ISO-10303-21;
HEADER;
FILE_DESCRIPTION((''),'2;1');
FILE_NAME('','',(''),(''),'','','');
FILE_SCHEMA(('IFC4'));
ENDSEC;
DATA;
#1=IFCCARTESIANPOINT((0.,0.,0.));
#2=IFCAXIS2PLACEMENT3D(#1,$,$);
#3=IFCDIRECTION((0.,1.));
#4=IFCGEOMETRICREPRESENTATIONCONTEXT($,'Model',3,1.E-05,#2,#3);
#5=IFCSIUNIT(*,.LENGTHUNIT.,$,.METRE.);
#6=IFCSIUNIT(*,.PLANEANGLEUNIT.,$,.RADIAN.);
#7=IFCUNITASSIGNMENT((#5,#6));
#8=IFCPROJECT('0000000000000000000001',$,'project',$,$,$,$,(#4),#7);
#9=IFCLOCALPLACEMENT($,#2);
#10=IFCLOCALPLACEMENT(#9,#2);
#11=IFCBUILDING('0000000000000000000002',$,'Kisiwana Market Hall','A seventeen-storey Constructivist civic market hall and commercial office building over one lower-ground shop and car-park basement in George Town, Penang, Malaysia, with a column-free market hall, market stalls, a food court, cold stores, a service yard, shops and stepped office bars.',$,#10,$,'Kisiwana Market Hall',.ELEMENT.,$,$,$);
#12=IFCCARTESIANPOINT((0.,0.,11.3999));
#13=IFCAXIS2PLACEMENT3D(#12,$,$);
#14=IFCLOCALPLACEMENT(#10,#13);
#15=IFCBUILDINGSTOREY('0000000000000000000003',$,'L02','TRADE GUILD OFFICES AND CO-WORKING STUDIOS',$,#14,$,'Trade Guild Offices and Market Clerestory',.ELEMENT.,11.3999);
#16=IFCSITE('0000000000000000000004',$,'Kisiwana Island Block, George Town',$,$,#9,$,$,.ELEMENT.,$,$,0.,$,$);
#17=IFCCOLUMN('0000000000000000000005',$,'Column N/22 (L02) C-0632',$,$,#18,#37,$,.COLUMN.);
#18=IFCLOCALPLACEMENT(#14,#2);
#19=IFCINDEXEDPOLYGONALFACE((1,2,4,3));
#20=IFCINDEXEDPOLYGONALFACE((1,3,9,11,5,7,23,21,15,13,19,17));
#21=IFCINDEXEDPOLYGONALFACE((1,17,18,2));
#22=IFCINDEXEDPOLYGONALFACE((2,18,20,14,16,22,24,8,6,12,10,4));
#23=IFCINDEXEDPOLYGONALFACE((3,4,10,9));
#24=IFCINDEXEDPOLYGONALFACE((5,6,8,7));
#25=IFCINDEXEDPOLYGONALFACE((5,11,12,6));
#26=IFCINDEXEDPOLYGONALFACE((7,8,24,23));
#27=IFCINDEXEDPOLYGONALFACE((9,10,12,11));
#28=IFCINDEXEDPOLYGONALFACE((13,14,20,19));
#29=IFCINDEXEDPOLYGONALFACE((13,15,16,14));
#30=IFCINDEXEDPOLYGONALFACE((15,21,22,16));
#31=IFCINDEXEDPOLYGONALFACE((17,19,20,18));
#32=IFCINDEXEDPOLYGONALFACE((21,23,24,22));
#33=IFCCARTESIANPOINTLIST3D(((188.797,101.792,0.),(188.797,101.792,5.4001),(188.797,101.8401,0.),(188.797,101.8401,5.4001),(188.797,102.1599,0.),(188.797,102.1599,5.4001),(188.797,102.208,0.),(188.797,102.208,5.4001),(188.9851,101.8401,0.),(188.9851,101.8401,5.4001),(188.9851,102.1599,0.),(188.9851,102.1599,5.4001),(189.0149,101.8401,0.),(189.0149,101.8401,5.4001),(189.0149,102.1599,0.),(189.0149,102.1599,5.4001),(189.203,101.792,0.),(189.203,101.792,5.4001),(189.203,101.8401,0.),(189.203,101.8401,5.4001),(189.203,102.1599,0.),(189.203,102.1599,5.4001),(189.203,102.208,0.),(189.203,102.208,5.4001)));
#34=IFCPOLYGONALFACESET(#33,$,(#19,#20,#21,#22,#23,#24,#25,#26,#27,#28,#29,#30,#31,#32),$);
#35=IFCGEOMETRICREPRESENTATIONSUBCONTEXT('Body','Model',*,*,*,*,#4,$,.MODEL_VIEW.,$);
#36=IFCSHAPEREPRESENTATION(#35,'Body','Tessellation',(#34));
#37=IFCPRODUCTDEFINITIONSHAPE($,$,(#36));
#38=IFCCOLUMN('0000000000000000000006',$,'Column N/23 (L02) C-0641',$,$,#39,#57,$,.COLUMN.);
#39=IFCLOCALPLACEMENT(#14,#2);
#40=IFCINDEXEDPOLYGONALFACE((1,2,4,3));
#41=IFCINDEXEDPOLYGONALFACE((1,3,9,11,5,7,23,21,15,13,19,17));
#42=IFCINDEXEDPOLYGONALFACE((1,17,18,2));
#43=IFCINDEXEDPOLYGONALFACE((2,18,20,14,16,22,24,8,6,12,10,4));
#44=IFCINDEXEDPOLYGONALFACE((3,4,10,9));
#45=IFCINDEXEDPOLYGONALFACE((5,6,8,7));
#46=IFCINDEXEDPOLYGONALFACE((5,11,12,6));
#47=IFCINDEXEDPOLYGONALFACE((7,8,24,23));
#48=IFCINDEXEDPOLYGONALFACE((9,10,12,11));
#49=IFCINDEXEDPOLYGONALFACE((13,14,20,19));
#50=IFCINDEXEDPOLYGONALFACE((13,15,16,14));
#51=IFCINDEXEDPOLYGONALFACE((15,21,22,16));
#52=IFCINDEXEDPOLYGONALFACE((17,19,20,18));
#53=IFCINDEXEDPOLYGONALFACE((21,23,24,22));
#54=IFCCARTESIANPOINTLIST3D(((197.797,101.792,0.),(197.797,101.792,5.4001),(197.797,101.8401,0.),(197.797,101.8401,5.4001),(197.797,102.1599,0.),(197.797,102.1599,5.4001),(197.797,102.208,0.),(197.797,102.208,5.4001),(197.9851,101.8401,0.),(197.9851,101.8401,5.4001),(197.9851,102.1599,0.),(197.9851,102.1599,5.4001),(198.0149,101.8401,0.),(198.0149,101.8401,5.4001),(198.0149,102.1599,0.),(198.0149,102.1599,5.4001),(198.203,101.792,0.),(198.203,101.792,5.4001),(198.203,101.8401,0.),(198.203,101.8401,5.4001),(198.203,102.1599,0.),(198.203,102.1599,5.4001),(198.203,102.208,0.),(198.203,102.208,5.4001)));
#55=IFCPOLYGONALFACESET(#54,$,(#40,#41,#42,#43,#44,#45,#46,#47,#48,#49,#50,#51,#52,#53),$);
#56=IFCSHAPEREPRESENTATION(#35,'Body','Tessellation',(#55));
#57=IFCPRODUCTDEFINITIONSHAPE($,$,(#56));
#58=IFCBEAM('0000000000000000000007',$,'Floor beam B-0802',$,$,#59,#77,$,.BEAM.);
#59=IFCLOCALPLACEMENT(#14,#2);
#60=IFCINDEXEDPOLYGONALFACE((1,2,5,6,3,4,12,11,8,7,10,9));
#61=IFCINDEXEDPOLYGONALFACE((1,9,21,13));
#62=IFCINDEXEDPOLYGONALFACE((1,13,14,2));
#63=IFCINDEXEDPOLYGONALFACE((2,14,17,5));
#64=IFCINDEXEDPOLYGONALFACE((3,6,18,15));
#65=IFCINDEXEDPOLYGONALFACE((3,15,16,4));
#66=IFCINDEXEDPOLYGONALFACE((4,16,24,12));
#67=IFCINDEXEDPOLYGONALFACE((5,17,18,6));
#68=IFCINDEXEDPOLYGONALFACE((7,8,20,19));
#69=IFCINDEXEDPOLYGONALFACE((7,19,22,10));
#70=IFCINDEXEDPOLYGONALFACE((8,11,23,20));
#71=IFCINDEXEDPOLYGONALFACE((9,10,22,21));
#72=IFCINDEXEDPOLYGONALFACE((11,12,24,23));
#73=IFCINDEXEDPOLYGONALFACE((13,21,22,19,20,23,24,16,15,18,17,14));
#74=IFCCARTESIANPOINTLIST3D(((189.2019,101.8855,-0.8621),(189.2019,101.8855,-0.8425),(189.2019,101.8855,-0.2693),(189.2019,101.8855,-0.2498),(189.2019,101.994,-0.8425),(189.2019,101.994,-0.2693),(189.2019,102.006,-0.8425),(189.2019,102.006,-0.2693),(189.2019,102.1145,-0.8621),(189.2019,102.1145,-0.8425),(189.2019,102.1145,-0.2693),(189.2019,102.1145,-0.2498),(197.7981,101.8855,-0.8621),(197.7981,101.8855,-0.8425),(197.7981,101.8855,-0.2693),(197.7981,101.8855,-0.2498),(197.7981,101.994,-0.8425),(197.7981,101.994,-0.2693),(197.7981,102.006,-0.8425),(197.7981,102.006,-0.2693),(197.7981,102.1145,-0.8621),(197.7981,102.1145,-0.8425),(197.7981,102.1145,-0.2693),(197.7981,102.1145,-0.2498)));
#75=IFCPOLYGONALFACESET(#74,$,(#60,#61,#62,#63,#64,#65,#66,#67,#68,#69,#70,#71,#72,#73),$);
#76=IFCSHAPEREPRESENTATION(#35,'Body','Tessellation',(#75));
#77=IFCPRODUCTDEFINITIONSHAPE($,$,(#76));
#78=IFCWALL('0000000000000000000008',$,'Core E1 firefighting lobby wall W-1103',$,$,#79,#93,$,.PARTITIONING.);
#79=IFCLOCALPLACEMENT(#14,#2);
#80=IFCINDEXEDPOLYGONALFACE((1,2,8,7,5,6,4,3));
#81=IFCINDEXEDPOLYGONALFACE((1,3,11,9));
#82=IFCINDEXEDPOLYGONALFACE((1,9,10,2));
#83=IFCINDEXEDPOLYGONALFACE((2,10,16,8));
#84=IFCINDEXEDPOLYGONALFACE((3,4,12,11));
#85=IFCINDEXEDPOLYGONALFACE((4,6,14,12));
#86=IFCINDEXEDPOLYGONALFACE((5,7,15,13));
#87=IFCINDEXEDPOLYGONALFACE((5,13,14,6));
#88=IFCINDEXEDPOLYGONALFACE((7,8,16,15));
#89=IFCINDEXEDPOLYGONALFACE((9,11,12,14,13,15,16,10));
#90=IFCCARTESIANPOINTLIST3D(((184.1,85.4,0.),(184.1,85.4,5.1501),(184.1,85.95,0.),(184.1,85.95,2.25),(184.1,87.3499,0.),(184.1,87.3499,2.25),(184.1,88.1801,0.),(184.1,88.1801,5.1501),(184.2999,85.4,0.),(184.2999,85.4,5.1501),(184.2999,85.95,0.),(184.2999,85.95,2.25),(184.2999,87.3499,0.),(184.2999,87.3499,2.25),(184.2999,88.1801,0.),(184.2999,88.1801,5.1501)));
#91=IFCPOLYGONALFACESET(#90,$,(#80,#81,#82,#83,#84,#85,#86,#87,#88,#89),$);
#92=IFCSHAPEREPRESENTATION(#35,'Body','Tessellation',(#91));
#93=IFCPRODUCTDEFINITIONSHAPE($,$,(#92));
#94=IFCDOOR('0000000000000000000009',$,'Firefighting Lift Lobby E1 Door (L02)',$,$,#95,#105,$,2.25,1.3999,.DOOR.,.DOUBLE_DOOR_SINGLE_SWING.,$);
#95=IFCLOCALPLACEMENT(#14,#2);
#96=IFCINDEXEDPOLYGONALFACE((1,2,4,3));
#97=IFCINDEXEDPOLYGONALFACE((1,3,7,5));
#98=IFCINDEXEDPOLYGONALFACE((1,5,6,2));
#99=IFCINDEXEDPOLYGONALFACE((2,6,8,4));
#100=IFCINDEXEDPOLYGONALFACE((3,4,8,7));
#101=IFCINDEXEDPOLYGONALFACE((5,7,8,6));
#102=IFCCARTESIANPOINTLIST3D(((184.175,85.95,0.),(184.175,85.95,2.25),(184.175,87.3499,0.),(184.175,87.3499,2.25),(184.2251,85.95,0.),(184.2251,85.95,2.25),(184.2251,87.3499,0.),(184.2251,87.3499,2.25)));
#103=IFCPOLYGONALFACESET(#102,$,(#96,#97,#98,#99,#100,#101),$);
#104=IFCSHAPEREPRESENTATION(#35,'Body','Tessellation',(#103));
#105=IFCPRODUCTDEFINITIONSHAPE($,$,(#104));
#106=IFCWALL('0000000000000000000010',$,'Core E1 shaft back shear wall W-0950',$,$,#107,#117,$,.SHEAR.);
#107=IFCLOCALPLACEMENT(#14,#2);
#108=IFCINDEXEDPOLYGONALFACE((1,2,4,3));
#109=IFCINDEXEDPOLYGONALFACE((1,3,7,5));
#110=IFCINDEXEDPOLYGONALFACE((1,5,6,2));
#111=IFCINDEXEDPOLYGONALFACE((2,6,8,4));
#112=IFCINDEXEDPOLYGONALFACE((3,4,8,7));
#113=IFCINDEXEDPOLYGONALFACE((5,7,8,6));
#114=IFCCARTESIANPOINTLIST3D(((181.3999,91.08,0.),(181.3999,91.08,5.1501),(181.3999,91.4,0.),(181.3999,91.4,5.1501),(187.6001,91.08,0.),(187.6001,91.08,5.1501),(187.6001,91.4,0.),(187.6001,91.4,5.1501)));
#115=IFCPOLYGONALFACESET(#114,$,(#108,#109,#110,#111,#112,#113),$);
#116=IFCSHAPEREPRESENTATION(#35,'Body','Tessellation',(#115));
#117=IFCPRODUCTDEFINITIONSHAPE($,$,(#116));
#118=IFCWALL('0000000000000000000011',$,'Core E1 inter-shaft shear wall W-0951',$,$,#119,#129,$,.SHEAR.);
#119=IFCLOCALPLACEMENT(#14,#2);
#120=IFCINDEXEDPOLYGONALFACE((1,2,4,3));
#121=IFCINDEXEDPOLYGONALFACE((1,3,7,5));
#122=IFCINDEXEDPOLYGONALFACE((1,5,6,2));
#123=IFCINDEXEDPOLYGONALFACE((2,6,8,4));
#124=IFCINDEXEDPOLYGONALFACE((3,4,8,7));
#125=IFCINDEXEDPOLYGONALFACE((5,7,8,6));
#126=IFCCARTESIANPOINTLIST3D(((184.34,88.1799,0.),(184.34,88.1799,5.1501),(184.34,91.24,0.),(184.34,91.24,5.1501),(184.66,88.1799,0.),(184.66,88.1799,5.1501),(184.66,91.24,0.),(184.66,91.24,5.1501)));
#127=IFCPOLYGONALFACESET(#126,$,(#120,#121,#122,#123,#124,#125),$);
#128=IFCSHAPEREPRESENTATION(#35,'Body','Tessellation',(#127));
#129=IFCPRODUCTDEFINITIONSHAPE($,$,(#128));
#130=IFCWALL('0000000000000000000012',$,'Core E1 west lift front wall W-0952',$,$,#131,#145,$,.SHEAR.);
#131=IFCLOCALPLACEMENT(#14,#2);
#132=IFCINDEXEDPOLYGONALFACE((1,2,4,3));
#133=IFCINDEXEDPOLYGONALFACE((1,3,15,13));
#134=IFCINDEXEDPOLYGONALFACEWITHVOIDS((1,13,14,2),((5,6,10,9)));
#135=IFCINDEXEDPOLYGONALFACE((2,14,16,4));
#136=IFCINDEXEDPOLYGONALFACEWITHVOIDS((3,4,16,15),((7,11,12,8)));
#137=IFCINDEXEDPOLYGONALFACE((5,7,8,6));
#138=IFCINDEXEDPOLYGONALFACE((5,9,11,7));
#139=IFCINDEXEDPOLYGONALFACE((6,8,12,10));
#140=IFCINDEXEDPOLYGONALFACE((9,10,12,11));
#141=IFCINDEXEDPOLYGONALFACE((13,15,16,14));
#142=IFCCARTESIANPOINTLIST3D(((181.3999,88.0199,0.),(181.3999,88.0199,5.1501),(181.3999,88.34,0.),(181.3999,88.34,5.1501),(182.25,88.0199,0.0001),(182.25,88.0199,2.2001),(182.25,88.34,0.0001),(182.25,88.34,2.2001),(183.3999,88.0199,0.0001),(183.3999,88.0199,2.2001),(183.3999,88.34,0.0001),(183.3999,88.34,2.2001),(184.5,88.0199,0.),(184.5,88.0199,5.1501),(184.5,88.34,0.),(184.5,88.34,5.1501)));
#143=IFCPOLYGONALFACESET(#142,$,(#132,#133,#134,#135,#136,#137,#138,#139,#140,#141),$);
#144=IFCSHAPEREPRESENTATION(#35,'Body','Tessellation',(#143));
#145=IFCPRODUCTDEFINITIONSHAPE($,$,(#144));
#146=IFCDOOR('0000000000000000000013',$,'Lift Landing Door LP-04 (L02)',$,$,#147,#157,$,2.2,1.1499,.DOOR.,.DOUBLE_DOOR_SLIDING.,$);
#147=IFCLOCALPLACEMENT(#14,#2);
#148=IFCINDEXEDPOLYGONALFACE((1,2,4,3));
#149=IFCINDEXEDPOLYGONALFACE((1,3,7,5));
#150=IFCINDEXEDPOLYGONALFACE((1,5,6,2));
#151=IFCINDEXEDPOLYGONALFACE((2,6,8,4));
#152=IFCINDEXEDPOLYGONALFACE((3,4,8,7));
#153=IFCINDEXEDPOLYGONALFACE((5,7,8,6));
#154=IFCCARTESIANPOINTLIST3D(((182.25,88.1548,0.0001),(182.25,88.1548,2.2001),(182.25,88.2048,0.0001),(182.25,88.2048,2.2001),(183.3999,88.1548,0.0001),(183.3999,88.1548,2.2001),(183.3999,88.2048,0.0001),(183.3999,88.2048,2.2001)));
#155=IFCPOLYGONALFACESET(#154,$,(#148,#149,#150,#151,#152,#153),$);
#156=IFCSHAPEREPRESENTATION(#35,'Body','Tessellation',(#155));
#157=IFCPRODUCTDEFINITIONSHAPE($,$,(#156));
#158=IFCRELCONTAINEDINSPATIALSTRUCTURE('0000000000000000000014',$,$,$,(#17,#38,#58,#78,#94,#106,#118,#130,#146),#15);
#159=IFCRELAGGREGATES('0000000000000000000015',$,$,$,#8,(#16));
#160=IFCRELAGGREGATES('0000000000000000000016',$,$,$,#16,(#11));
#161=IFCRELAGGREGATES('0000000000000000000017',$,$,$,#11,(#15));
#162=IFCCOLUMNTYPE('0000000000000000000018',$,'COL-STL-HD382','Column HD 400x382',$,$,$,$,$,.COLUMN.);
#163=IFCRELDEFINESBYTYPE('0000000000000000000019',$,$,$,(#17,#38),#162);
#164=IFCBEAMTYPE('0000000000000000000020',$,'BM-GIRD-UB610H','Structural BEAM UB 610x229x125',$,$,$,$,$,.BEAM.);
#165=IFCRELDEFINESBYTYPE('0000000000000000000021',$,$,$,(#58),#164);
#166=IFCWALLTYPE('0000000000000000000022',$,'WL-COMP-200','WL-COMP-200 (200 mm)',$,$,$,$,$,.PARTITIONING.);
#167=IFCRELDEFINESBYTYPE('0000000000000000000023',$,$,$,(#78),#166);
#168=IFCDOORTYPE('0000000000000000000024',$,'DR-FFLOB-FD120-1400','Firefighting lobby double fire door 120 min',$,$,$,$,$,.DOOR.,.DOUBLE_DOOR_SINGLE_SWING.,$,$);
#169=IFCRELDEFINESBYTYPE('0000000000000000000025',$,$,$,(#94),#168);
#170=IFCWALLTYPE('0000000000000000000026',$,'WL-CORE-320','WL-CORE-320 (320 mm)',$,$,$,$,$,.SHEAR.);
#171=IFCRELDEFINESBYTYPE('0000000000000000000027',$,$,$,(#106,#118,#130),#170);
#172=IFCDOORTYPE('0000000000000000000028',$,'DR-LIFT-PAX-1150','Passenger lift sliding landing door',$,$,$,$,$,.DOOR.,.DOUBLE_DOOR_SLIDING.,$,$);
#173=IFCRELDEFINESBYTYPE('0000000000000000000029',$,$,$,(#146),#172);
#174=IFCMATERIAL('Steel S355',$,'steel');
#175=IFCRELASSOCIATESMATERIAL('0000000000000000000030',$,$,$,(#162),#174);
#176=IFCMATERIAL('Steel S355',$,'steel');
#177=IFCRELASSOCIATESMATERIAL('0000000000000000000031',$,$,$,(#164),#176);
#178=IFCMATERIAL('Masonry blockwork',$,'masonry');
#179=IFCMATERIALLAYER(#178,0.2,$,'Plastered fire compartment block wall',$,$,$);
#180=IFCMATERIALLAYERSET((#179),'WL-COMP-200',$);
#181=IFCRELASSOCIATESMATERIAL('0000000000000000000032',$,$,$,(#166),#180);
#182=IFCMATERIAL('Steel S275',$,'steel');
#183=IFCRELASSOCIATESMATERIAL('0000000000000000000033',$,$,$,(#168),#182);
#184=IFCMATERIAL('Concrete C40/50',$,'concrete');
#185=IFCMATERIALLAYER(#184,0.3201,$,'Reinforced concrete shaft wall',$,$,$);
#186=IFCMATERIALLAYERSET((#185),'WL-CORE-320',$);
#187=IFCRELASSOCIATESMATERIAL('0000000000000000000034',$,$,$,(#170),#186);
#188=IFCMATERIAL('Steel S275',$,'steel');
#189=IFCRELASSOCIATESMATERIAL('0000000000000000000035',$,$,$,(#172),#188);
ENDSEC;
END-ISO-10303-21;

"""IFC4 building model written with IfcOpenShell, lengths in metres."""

from ifc_helpers import new_model, si_unit, direction, frame, frame_2d, origin, origin_2d, place, context, subcontext, project, spatial, rectangle, i_section, extrude, material, layer, layer_set, material_profile, profile_set, type_object, element, fill, save


model = new_model("IFC4")

# Units and contexts
model_context = context("Model", 3, precision=1e-05, world=origin(), true_north=direction((0.0, 1.0)))
body_context = subcontext(model_context, "Body", "Model", "MODEL_VIEW")
ifc_project = project(units=[si_unit("LENGTHUNIT", "METRE"), si_unit("PLANEANGLEUNIT", "RADIAN")], contexts=[model_context])

# Site, building, storey
site_placement = place(None, origin())
site = spatial("IfcSite", under=ifc_project, at=site_placement, Name="Kisiwana Island Block, George Town", CompositionType="ELEMENT", RefElevation=0.0)
building_placement = place(site_placement, origin())
building = spatial("IfcBuilding", under=site, at=building_placement, Name="Kisiwana Market Hall", Description="A seventeen-storey Constructivist civic market hall and commercial office building over one lower-ground shop and car-park basement in George Town, Penang, Malaysia, with a column-free market hall, market stalls, a food court, cold stores, a service yard, shops and stepped office bars.", LongName="Kisiwana Market Hall", CompositionType="ELEMENT")
storey_placement = place(building_placement, frame((0.0, 0.0, 11.3999)))
storey = spatial("IfcBuildingStorey", under=building, at=storey_placement, Name="L02", Description="TRADE GUILD OFFICES AND CO-WORKING STUDIOS", LongName="Trade Guild Offices and Market Clerestory", CompositionType="ELEMENT", Elevation=11.3999)

# Columns
ifc_material_1 = material(Name="Steel S355", Category="steel")
ifc_material_profile_1 = material_profile(ifc_material_1, i_section(OverallWidth=0.406, OverallDepth=0.416, WebThickness=0.0298, FlangeThickness=0.0481, at=origin_2d()), Name="HD 400x382")
ifc_profile_set_1 = profile_set([ifc_material_profile_1], Name="Steel S355")
column_type = type_object("IfcColumnType", Name="COL-STL-HD382", Description="Column HD 400x382", PredefinedType="COLUMN", material=ifc_profile_set_1)
for number, where, z_axis, x_axis, name in (
    (1, (189.0, 102.0, 0.0), (0.0, 0.0, 1.0), (1.0, 0.0, 0.0), "Column N/22 (L02) C-0632"),
    (2, (198.0, 102.0, 0.0), (0.0, 0.0, 1.0), (1.0, 0.0, 0.0), "Column N/23 (L02) C-0641"),
):
    element("IfcColumn", number, at=place(storey_placement, frame(where, z_axis=z_axis, x_axis=x_axis)), inside=storey, type_object=column_type, Name=name, PredefinedType="COLUMN", context=body_context, shape_type="SweptSolid", body=[
        extrude(i_section(OverallWidth=0.406, OverallDepth=0.416, WebThickness=0.0298, FlangeThickness=0.0481, at=origin_2d()), origin(), (0.0, 0.0, 1.0), 5.4001),
    ])

# Beam
ifc_material_2 = material(Name="Steel S355", Category="steel")
ifc_material_profile_2 = material_profile(ifc_material_2, i_section(OverallWidth=0.229, OverallDepth=0.6123, WebThickness=0.012, FlangeThickness=0.0195, at=origin_2d()), Name="UB 610x229x125")
ifc_profile_set_2 = profile_set([ifc_material_profile_2], Name="Steel S355")
beam_type = type_object("IfcBeamType", Name="BM-GIRD-UB610H", Description="Structural BEAM UB 610x229x125", PredefinedType="BEAM", material=ifc_profile_set_2)
beam_placement = place(storey_placement, frame((189.2019, 102.0, -0.5559), z_axis=(1.0, 0.0, 0.0), x_axis=(0.0, 1.0, 0.0)))
element("IfcBeam", 3, at=beam_placement, inside=storey, type_object=beam_type, Name="Floor beam B-0802", PredefinedType="BEAM", context=body_context, shape_type="SweptSolid", body=[
    extrude(i_section(OverallWidth=0.229, OverallDepth=0.6123, WebThickness=0.012, FlangeThickness=0.0195, at=origin_2d()), origin(), (0.0, 0.0, 1.0), 8.5962),
])

# Wall, opening, door
ifc_material_3 = material(Name="Masonry blockwork", Category="masonry")
ifc_layer_1 = layer(ifc_material_3, 0.2, Name="Plastered fire compartment block wall")
ifc_layer_set_1 = layer_set([ifc_layer_1], Name="WL-COMP-200")
wall_type_1 = type_object("IfcWallType", Name="WL-COMP-200", Description="WL-COMP-200 (200 mm)", PredefinedType="PARTITIONING", material=ifc_layer_set_1)
wall_1_placement = place(storey_placement, frame((184.2, 85.3999, 0.0), z_axis=(0.0, 0.0, 1.0), x_axis=(0.0, 1.0, 0.0)))
wall_1 = element("IfcWall", 4, at=wall_1_placement, inside=storey, type_object=wall_type_1, Name="Core E1 firefighting lobby wall W-1103", PredefinedType="PARTITIONING", context=body_context, shape_type="SweptSolid", body=[
    extrude(rectangle(XDim=2.78, YDim=0.2, at=frame_2d((1.3901, 0.0))), origin(), (0.0, 0.0, 1.0), 5.1501),
])
opening_1_placement = place(wall_1_placement, frame((0.55, 0.0, 0.0)))
opening_1 = element("IfcOpeningElement", 5, at=opening_1_placement, cuts=wall_1, PredefinedType="OPENING", context=body_context, shape_type="SweptSolid", body=[
    extrude(rectangle(XDim=1.3999, YDim=2.25, at=frame_2d((0.7, 1.125))), frame((0.0, 0.1118, 0.0), z_axis=(0.0, -1.0, 0.0), x_axis=(1.0, 0.0, 0.0)), (0.0, 0.0, 1.0), 0.2239),
])
ifc_material_4 = material(Name="Steel S275", Category="steel")
door_type_1 = type_object("IfcDoorType", Name="DR-FFLOB-FD120-1400", Description="Firefighting lobby double fire door 120 min", OperationType="DOUBLE_DOOR_SINGLE_SWING", PredefinedType="DOOR", material=ifc_material_4)
door_1_placement = place(opening_1_placement, origin())
door_1 = element("IfcDoor", 6, at=door_1_placement, inside=storey, type_object=door_type_1, Name="Firefighting Lift Lobby E1 Door (L02)", OperationType="DOUBLE_DOOR_SINGLE_SWING", OverallHeight=2.25, OverallWidth=1.3999, PredefinedType="DOOR", context=body_context, shape_type="SweptSolid", body=[
    extrude(rectangle(XDim=1.3999, YDim=2.25, at=frame_2d((0.7, 1.125))), frame((0.0, 0.0249, 0.0), z_axis=(0.0, -1.0, 0.0), x_axis=(1.0, 0.0, 0.0)), (0.0, 0.0, 1.0), 0.05),
])
fill(opening_1, door_1)

# Walls
ifc_material_5 = material(Name="Concrete C40/50", Category="concrete")
ifc_layer_2 = layer(ifc_material_5, 0.3201, Name="Reinforced concrete shaft wall")
ifc_layer_set_2 = layer_set([ifc_layer_2], Name="WL-CORE-320")
wall_type_2 = type_object("IfcWallType", Name="WL-CORE-320", Description="WL-CORE-320 (320 mm)", PredefinedType="SHEAR", material=ifc_layer_set_2)
wall_2_placement = place(storey_placement, frame((181.3999, 91.24, 0.0), z_axis=(0.0, 0.0, 1.0), x_axis=(1.0, 0.0, 0.0)))
element("IfcWall", 7, at=wall_2_placement, inside=storey, type_object=wall_type_2, Name="Core E1 shaft back shear wall W-0950", PredefinedType="SHEAR", context=body_context, shape_type="SweptSolid", body=[
    extrude(rectangle(XDim=6.2002, YDim=0.3201, at=frame_2d((3.1001, 0.0))), origin(), (0.0, 0.0, 1.0), 5.1501),
])
wall_3_placement = place(storey_placement, frame((184.5, 88.1799, 0.0), z_axis=(0.0, 0.0, 1.0), x_axis=(0.0, 1.0, 0.0)))
element("IfcWall", 8, at=wall_3_placement, inside=storey, type_object=wall_type_2, Name="Core E1 inter-shaft shear wall W-0951", PredefinedType="SHEAR", context=body_context, shape_type="SweptSolid", body=[
    extrude(rectangle(XDim=3.0601, YDim=0.3201, at=frame_2d((1.53, 0.0))), origin(), (0.0, 0.0, 1.0), 5.1501),
])

# Wall, opening, door
wall_4_placement = place(storey_placement, frame((181.3999, 88.1799, 0.0), z_axis=(0.0, 0.0, 1.0), x_axis=(1.0, 0.0, 0.0)))
wall_4 = element("IfcWall", 9, at=wall_4_placement, inside=storey, type_object=wall_type_2, Name="Core E1 west lift front wall W-0952", PredefinedType="SHEAR", context=body_context, shape_type="SweptSolid", body=[
    extrude(rectangle(XDim=3.1001, YDim=0.3201, at=frame_2d((1.55, 0.0))), origin(), (0.0, 0.0, 1.0), 5.1501),
])
opening_2_placement = place(wall_4_placement, frame((0.8501, 0.0, 0.0)))
opening_2 = element("IfcOpeningElement", 10, at=opening_2_placement, cuts=wall_4, PredefinedType="OPENING", context=body_context, shape_type="SweptSolid", body=[
    extrude(rectangle(XDim=1.1499, YDim=2.2, at=frame_2d((0.575, 1.1001))), frame((0.0, 0.1719, 0.0), z_axis=(0.0, -1.0, 0.0), x_axis=(1.0, 0.0, 0.0)), (0.0, 0.0, 1.0), 0.344),
])
ifc_material_6 = material(Name="Steel S275", Category="steel")
door_type_2 = type_object("IfcDoorType", Name="DR-LIFT-PAX-1150", Description="Passenger lift sliding landing door", OperationType="DOUBLE_DOOR_SLIDING", PredefinedType="DOOR", material=ifc_material_6)
door_2_placement = place(opening_2_placement, origin())
door_2 = element("IfcDoor", 11, at=door_2_placement, inside=storey, type_object=door_type_2, Name="Lift Landing Door LP-04 (L02)", OperationType="DOUBLE_DOOR_SLIDING", OverallHeight=2.2, OverallWidth=1.1499, PredefinedType="DOOR", context=body_context, shape_type="SweptSolid", body=[
    extrude(rectangle(XDim=1.1499, YDim=2.2, at=frame_2d((0.575, 1.1001))), frame((0.0, 0.0249, 0.0), z_axis=(0.0, -1.0, 0.0), x_axis=(1.0, 0.0, 0.0)), (0.0, 0.0, 1.0), 0.05),
])
fill(opening_2, door_2)

save(model, "model.ifc")
